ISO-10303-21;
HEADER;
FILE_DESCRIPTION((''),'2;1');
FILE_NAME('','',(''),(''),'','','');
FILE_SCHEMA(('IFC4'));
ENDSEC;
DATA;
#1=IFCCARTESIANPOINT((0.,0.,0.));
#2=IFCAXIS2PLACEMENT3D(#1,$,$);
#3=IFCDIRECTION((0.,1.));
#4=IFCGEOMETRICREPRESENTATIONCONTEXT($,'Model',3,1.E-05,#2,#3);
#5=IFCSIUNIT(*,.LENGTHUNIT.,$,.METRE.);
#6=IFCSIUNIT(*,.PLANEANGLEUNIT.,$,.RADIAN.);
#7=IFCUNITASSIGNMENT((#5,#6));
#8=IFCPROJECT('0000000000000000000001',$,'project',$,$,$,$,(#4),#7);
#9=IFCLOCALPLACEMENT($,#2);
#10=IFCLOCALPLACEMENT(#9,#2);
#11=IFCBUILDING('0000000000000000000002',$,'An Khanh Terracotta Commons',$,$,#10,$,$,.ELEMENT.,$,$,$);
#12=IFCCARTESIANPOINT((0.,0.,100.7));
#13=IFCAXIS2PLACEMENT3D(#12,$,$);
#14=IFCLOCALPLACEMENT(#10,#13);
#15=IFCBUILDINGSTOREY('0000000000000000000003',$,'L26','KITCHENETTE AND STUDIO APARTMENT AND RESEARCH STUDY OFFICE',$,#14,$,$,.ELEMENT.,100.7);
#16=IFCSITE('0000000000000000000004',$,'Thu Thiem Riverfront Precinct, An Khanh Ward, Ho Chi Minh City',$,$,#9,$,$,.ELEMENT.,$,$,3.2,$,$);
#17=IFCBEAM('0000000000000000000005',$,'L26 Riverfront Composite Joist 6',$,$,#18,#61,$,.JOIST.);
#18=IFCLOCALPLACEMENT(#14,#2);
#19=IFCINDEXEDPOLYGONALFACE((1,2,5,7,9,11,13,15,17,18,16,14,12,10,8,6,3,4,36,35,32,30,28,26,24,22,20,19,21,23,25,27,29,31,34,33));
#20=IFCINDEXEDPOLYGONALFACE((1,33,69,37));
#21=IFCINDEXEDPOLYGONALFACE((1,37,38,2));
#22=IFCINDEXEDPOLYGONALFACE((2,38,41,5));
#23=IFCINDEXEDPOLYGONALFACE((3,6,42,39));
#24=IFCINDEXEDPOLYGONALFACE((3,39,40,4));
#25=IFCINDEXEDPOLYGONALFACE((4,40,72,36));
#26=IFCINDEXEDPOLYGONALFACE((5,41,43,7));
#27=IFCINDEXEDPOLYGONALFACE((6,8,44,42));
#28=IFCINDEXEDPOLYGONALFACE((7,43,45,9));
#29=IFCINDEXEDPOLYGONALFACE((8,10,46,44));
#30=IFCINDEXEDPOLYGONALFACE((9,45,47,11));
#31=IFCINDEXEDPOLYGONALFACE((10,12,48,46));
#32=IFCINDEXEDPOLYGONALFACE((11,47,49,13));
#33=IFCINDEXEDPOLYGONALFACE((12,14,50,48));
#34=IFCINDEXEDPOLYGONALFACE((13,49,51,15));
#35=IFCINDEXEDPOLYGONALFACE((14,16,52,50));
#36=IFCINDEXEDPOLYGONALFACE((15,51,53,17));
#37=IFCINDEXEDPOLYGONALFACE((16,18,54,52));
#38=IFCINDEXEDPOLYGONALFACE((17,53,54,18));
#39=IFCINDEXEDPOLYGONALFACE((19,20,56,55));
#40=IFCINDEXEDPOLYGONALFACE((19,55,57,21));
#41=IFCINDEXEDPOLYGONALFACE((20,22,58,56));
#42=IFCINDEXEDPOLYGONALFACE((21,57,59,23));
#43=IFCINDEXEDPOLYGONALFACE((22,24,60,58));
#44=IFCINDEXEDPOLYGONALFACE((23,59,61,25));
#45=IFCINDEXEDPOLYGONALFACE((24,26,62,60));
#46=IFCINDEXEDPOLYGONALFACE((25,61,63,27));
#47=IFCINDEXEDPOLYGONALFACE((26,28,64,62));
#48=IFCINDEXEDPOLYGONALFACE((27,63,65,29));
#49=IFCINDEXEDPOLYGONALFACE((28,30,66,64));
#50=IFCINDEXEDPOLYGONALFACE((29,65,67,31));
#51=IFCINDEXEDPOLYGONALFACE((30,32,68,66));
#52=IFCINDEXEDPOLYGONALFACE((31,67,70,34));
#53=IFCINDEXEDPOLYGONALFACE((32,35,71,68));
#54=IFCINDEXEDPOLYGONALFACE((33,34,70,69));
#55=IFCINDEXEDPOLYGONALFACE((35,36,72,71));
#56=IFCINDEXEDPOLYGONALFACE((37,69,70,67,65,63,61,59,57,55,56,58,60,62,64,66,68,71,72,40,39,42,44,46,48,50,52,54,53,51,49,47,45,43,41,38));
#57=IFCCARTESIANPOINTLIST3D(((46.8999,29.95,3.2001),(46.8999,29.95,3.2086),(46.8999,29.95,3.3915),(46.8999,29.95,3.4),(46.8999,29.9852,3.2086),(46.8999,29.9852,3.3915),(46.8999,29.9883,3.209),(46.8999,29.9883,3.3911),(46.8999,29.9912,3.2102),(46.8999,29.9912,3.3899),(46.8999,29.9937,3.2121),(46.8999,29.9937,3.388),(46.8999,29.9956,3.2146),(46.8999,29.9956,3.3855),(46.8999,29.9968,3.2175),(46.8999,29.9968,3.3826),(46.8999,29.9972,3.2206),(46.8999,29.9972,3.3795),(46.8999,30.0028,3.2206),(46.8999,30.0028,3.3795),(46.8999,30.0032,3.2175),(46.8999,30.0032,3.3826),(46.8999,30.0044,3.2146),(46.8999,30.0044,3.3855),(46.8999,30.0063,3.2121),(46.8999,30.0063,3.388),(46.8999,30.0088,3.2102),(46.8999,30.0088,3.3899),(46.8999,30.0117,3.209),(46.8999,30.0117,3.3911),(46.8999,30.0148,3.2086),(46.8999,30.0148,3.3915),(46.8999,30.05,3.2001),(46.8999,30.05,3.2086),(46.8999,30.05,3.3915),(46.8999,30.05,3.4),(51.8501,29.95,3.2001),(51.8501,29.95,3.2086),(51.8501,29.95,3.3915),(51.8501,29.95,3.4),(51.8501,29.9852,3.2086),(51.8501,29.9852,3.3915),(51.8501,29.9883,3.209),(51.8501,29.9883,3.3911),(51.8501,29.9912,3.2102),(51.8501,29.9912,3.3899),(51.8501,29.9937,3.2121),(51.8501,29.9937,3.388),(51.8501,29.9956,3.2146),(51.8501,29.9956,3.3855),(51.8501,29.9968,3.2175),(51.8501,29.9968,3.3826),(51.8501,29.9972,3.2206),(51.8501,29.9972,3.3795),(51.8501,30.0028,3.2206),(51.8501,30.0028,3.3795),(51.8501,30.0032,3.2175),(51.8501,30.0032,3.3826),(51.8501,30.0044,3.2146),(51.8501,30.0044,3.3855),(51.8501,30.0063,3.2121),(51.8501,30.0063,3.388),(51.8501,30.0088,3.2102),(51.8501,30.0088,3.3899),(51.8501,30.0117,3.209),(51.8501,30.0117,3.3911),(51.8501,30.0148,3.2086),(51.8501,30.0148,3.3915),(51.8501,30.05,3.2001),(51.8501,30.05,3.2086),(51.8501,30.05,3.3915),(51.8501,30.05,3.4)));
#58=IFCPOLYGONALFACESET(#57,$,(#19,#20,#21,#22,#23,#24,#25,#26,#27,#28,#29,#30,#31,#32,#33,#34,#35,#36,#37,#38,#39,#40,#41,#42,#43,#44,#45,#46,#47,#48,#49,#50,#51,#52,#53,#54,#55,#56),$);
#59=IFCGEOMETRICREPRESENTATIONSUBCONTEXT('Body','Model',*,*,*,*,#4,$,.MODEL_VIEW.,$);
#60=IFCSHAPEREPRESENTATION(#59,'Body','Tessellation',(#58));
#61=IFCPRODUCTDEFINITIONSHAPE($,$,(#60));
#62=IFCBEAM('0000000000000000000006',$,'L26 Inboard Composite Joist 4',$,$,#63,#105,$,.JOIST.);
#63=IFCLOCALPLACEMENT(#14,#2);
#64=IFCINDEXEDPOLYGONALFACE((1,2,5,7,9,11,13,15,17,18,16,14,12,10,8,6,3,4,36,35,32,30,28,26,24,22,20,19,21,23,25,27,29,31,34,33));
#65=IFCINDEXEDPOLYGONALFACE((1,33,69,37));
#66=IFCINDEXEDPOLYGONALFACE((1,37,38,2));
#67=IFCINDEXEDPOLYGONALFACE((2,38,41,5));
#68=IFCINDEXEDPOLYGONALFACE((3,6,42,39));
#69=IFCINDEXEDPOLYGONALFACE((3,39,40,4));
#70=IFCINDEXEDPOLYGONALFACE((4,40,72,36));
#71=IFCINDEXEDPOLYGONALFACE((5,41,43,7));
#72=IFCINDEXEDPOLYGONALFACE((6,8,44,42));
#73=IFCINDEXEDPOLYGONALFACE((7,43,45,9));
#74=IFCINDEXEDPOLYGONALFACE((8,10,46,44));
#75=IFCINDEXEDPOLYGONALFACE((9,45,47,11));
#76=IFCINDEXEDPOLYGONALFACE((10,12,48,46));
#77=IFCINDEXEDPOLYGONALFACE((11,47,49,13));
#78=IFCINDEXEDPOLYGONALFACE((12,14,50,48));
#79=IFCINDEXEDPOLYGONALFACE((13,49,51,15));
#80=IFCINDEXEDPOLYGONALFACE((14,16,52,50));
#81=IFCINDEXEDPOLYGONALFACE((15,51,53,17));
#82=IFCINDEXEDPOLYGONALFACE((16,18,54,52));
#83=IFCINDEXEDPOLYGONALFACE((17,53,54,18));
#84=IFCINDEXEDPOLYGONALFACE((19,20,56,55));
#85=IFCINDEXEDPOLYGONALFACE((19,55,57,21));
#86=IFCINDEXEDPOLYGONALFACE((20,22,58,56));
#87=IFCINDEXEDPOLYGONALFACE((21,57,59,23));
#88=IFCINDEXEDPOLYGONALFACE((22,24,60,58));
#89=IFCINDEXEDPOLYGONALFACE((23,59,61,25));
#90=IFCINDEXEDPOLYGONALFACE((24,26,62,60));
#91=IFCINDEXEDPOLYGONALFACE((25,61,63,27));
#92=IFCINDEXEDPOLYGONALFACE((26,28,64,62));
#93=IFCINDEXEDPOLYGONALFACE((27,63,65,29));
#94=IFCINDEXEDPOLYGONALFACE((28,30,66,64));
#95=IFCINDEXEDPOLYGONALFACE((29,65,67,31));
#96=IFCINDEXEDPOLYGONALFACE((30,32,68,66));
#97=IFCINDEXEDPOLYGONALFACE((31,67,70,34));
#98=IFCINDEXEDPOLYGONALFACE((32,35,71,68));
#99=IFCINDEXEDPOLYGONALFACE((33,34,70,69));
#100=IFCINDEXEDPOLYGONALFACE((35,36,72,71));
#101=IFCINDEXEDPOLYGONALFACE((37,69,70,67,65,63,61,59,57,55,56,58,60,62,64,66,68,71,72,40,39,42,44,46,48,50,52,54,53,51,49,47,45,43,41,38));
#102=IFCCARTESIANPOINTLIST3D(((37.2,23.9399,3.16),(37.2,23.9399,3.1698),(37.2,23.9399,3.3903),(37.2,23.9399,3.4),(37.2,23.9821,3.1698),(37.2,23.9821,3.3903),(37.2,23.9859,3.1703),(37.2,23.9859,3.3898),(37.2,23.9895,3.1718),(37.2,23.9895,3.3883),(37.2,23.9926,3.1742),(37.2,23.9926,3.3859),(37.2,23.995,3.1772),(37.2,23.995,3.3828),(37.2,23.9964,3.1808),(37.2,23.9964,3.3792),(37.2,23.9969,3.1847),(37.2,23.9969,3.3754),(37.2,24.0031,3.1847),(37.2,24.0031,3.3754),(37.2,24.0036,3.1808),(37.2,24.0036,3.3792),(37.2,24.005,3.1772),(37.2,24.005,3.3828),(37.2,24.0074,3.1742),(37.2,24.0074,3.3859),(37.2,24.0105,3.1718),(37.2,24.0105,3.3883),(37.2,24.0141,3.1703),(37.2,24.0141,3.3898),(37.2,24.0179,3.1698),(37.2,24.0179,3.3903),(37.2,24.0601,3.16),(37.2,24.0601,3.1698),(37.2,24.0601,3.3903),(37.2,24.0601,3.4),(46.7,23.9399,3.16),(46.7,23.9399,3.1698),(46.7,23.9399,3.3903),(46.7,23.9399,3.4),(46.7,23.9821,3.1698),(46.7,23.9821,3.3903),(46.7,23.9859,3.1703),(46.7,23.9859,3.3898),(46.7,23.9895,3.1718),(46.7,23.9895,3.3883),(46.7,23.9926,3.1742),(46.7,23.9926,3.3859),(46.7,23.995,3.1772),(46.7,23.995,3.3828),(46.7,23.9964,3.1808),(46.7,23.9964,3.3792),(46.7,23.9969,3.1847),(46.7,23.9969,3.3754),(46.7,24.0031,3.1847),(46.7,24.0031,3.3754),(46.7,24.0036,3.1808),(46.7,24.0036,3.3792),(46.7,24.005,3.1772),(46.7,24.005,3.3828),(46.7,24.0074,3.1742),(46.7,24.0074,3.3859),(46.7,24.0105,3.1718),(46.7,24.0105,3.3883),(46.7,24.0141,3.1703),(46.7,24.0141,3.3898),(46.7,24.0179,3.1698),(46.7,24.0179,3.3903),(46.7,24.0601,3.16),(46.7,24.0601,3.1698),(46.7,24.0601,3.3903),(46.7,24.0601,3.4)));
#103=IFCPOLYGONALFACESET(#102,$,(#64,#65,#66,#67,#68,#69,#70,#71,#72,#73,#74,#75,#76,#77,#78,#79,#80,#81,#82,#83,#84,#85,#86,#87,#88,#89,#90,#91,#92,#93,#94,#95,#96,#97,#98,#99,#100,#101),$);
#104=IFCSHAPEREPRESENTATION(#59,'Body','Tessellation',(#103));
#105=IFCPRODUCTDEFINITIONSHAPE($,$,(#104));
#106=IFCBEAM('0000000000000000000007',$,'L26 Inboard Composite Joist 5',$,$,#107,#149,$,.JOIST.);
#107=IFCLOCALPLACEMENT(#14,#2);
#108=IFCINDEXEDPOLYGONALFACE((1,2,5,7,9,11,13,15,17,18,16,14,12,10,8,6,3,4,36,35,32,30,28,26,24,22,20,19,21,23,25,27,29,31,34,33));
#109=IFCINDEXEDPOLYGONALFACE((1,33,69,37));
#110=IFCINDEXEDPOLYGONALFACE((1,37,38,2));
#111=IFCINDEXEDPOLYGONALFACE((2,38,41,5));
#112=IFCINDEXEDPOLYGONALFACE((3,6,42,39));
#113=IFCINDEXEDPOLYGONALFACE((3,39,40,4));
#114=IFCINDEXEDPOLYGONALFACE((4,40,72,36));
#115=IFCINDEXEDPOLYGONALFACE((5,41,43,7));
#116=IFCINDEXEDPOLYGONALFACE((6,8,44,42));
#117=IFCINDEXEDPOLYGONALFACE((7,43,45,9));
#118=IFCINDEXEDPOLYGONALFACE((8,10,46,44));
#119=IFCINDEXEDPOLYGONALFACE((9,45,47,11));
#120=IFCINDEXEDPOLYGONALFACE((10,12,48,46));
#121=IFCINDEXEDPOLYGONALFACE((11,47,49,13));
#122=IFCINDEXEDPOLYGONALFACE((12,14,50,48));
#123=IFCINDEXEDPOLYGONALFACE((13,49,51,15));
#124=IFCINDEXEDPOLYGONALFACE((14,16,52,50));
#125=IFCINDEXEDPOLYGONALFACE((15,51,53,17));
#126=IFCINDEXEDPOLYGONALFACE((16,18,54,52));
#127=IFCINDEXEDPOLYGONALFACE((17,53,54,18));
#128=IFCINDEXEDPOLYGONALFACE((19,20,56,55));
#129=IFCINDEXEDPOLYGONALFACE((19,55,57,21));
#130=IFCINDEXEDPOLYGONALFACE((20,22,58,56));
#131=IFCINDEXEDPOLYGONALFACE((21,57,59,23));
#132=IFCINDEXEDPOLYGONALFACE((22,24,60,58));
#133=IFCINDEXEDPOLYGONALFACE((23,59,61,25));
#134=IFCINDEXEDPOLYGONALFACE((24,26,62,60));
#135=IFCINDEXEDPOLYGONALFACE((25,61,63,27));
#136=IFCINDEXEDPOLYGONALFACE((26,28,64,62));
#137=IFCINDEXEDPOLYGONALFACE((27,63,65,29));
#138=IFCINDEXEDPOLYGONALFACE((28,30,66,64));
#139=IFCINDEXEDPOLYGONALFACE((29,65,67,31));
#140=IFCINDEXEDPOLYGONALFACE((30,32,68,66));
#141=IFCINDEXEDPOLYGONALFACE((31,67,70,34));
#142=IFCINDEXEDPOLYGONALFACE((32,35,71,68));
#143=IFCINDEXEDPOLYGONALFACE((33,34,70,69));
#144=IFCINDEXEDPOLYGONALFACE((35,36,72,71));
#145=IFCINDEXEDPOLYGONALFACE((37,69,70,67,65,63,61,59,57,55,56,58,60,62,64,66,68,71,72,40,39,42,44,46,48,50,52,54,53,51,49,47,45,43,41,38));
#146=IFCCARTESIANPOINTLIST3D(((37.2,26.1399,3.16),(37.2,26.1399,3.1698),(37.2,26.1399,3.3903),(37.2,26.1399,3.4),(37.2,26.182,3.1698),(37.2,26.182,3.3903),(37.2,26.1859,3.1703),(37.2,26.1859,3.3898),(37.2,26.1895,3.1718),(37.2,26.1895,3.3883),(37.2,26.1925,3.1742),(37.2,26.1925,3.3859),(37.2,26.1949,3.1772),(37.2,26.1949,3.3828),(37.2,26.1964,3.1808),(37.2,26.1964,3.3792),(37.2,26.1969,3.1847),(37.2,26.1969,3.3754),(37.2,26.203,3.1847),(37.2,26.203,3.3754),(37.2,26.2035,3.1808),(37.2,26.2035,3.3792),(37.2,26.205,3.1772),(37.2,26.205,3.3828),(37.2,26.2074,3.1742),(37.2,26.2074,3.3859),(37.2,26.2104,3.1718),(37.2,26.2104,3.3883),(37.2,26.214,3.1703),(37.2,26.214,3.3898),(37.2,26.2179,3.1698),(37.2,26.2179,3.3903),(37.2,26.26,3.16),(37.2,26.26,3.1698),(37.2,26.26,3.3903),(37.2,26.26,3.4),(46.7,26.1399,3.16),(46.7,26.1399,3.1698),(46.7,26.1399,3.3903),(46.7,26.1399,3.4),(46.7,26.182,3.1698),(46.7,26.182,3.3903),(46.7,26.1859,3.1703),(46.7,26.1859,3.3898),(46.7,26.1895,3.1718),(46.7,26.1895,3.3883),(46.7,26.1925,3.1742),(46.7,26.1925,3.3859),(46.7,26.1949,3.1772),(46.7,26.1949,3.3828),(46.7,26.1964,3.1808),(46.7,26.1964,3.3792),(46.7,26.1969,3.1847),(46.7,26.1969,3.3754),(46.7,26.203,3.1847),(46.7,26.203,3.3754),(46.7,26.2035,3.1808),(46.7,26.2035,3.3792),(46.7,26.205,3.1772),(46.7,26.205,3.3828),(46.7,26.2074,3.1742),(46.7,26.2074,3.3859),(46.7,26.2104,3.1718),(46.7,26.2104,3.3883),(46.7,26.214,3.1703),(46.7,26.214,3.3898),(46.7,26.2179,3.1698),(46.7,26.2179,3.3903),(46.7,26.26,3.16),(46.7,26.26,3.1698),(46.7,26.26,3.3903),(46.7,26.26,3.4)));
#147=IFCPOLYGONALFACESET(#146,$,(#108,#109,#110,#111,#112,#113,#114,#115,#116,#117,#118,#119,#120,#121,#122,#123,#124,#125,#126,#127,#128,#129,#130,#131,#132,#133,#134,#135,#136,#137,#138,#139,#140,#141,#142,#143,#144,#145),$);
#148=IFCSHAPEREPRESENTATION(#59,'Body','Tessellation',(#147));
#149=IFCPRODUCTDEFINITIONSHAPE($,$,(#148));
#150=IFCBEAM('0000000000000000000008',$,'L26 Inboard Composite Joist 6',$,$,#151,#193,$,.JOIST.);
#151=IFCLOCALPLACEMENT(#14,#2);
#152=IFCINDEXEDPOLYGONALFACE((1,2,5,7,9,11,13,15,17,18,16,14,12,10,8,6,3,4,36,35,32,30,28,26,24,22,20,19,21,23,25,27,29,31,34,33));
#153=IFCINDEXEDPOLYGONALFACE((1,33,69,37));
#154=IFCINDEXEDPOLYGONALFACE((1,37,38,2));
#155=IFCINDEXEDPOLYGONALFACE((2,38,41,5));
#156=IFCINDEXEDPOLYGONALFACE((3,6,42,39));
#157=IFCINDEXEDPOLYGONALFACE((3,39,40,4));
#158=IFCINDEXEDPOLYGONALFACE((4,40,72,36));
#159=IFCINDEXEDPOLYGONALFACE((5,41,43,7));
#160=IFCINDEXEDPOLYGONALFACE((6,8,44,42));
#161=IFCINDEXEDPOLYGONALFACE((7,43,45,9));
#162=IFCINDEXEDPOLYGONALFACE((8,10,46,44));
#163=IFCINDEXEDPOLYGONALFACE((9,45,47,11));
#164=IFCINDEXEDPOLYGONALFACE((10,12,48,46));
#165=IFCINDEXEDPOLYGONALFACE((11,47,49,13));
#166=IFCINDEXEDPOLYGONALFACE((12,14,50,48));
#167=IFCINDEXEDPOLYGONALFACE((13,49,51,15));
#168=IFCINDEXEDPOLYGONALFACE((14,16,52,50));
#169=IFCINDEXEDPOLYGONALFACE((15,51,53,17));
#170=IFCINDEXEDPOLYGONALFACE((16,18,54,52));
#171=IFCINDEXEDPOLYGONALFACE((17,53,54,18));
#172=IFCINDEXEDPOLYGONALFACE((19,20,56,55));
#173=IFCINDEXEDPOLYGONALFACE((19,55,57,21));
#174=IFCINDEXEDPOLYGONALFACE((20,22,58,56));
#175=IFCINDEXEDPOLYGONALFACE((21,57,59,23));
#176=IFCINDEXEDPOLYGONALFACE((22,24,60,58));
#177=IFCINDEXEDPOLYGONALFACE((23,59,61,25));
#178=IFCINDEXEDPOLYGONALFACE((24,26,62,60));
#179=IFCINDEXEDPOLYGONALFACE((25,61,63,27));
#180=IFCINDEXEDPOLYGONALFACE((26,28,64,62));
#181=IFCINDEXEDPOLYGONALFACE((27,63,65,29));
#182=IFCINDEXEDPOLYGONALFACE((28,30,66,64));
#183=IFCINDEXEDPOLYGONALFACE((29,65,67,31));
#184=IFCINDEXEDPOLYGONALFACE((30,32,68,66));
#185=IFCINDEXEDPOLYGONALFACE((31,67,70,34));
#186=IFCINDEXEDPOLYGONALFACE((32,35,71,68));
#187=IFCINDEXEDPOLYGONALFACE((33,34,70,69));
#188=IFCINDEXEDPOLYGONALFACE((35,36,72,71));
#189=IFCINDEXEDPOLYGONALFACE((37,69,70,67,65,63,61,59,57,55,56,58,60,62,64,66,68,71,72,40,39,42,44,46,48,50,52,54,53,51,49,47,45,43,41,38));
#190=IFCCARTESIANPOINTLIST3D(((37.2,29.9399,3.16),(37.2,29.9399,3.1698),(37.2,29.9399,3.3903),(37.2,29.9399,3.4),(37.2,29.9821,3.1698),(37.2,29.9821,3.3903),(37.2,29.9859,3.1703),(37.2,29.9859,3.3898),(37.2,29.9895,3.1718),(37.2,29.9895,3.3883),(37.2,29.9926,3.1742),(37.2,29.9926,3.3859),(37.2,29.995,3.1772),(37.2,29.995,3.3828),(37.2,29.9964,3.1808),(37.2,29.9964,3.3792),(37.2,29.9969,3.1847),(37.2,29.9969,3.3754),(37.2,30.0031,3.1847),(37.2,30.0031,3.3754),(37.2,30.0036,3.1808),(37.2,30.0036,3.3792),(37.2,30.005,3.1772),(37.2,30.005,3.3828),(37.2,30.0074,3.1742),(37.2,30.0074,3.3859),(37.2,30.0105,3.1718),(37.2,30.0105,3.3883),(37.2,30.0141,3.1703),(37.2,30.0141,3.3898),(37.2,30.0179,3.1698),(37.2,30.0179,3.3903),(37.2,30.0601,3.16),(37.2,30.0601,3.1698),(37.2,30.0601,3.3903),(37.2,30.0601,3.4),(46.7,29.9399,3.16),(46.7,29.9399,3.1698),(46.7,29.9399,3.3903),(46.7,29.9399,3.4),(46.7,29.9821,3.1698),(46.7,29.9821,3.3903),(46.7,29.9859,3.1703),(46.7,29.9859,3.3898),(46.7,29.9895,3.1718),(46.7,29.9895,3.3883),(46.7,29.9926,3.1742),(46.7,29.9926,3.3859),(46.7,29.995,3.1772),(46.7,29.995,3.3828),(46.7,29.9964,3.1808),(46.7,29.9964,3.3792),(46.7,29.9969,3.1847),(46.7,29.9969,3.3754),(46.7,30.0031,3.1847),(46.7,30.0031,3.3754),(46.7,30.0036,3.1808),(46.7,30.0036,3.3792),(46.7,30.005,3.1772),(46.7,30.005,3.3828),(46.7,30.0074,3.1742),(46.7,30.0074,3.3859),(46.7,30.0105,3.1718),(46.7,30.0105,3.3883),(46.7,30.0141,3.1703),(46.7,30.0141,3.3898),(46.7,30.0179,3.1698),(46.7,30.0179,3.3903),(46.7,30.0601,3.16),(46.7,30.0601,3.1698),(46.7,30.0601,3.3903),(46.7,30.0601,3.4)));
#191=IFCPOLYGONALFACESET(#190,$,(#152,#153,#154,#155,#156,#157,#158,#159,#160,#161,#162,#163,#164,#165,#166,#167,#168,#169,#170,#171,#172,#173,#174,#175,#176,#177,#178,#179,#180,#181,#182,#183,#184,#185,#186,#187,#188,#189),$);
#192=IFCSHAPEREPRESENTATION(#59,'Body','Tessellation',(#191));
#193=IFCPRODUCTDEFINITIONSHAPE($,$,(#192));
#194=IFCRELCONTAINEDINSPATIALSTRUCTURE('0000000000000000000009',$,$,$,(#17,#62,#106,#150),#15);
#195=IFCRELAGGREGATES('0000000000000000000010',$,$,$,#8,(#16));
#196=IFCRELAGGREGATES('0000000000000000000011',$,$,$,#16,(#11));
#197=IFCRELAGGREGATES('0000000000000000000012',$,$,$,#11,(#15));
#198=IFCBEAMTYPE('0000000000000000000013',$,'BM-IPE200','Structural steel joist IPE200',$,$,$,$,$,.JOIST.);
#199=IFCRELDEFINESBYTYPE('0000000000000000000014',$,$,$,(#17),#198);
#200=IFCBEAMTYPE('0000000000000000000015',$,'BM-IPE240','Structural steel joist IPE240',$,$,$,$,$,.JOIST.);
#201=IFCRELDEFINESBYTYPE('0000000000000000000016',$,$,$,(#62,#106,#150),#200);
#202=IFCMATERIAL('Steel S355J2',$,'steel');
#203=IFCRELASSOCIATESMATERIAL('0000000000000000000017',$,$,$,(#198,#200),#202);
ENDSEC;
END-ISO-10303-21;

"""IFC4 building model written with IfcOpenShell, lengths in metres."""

from ifc_helpers import new_model, si_unit, direction, frame, origin, origin_2d, place, context, subcontext, project, spatial, i_section, extrude, material, material_profile, profile_set, type_object, element, save


model = new_model("IFC4")

# Units and contexts
model_context = context("Model", 3, precision=1e-05, world=origin(), true_north=direction((0.0, 1.0)))
body_context = subcontext(model_context, "Body", "Model", "MODEL_VIEW")
ifc_project = project(units=[si_unit("LENGTHUNIT", "METRE"), si_unit("PLANEANGLEUNIT", "RADIAN")], contexts=[model_context])

# Site, building, storey
site_placement = place(None, origin())
site = spatial("IfcSite", under=ifc_project, at=site_placement, Name="Thu Thiem Riverfront Precinct, An Khanh Ward, Ho Chi Minh City", CompositionType="ELEMENT", RefElevation=3.2)
building_placement = place(site_placement, origin())
building = spatial("IfcBuilding", under=site, at=building_placement, Name="An Khanh Terracotta Commons", CompositionType="ELEMENT")
storey_placement = place(building_placement, frame((0.0, 0.0, 100.7)))
storey = spatial("IfcBuildingStorey", under=building, at=storey_placement, Name="L26", Description="KITCHENETTE AND STUDIO APARTMENT AND RESEARCH STUDY OFFICE", CompositionType="ELEMENT", Elevation=100.7)

# Beams
ifc_material_1 = material(Name="Steel S355J2", Category="steel")
ifc_material_profile_1 = material_profile(ifc_material_1, i_section(OverallWidth=0.1001, OverallDepth=0.2, WebThickness=0.0056, FlangeThickness=0.0085, FilletRadius=0.012, at=origin_2d()), Name="IPE200")
ifc_profile_set_1 = profile_set([ifc_material_profile_1], Name="Steel S355J2")
beam_type_1 = type_object("IfcBeamType", Name="BM-IPE200", Description="Structural steel joist IPE200", PredefinedType="JOIST", material=ifc_profile_set_1)
for number, where, z_axis, x_axis, name in (
    (1, (46.8999, 30.0, 3.3), (1.0, 0.0, 0.0), (0.0, 1.0, 0.0), "L26 Riverfront Composite Joist 6"),
):
    element("IfcBeam", number, at=place(storey_placement, frame(where, z_axis=z_axis, x_axis=x_axis)), inside=storey, type_object=beam_type_1, Name=name, PredefinedType="JOIST", context=body_context, shape_type="SweptSolid", body=[
        extrude(i_section(OverallWidth=0.1001, OverallDepth=0.2, WebThickness=0.0056, FlangeThickness=0.0085, FilletRadius=0.012, at=origin_2d()), origin(), (0.0, 0.0, 1.0), 4.9502),
    ])
ifc_material_profile_2 = material_profile(ifc_material_1, i_section(OverallWidth=0.1201, OverallDepth=0.24, WebThickness=0.0061, FlangeThickness=0.0098, FilletRadius=0.0149, at=origin_2d()), Name="IPE240")
ifc_profile_set_2 = profile_set([ifc_material_profile_2], Name="Steel S355J2")
beam_type_2 = type_object("IfcBeamType", Name="BM-IPE240", Description="Structural steel joist IPE240", PredefinedType="JOIST", material=ifc_profile_set_2)
for number, where, z_axis, x_axis, name in (
    (2, (37.2, 24.0, 3.28), (1.0, 0.0, 0.0), (0.0, 1.0, 0.0), "L26 Inboard Composite Joist 4"),
    (3, (37.2, 26.2, 3.28), (1.0, 0.0, 0.0), (0.0, 1.0, 0.0), "L26 Inboard Composite Joist 5"),
    (4, (37.2, 30.0, 3.28), (1.0, 0.0, 0.0), (0.0, 1.0, 0.0), "L26 Inboard Composite Joist 6"),
):
    element("IfcBeam", number, at=place(storey_placement, frame(where, z_axis=z_axis, x_axis=x_axis)), inside=storey, type_object=beam_type_2, Name=name, PredefinedType="JOIST", context=body_context, shape_type="SweptSolid", body=[
        extrude(i_section(OverallWidth=0.1201, OverallDepth=0.24, WebThickness=0.0061, FlangeThickness=0.0098, FilletRadius=0.0149, at=origin_2d()), origin(), (0.0, 0.0, 1.0), 9.5),
    ])

save(model, "model.ifc")
